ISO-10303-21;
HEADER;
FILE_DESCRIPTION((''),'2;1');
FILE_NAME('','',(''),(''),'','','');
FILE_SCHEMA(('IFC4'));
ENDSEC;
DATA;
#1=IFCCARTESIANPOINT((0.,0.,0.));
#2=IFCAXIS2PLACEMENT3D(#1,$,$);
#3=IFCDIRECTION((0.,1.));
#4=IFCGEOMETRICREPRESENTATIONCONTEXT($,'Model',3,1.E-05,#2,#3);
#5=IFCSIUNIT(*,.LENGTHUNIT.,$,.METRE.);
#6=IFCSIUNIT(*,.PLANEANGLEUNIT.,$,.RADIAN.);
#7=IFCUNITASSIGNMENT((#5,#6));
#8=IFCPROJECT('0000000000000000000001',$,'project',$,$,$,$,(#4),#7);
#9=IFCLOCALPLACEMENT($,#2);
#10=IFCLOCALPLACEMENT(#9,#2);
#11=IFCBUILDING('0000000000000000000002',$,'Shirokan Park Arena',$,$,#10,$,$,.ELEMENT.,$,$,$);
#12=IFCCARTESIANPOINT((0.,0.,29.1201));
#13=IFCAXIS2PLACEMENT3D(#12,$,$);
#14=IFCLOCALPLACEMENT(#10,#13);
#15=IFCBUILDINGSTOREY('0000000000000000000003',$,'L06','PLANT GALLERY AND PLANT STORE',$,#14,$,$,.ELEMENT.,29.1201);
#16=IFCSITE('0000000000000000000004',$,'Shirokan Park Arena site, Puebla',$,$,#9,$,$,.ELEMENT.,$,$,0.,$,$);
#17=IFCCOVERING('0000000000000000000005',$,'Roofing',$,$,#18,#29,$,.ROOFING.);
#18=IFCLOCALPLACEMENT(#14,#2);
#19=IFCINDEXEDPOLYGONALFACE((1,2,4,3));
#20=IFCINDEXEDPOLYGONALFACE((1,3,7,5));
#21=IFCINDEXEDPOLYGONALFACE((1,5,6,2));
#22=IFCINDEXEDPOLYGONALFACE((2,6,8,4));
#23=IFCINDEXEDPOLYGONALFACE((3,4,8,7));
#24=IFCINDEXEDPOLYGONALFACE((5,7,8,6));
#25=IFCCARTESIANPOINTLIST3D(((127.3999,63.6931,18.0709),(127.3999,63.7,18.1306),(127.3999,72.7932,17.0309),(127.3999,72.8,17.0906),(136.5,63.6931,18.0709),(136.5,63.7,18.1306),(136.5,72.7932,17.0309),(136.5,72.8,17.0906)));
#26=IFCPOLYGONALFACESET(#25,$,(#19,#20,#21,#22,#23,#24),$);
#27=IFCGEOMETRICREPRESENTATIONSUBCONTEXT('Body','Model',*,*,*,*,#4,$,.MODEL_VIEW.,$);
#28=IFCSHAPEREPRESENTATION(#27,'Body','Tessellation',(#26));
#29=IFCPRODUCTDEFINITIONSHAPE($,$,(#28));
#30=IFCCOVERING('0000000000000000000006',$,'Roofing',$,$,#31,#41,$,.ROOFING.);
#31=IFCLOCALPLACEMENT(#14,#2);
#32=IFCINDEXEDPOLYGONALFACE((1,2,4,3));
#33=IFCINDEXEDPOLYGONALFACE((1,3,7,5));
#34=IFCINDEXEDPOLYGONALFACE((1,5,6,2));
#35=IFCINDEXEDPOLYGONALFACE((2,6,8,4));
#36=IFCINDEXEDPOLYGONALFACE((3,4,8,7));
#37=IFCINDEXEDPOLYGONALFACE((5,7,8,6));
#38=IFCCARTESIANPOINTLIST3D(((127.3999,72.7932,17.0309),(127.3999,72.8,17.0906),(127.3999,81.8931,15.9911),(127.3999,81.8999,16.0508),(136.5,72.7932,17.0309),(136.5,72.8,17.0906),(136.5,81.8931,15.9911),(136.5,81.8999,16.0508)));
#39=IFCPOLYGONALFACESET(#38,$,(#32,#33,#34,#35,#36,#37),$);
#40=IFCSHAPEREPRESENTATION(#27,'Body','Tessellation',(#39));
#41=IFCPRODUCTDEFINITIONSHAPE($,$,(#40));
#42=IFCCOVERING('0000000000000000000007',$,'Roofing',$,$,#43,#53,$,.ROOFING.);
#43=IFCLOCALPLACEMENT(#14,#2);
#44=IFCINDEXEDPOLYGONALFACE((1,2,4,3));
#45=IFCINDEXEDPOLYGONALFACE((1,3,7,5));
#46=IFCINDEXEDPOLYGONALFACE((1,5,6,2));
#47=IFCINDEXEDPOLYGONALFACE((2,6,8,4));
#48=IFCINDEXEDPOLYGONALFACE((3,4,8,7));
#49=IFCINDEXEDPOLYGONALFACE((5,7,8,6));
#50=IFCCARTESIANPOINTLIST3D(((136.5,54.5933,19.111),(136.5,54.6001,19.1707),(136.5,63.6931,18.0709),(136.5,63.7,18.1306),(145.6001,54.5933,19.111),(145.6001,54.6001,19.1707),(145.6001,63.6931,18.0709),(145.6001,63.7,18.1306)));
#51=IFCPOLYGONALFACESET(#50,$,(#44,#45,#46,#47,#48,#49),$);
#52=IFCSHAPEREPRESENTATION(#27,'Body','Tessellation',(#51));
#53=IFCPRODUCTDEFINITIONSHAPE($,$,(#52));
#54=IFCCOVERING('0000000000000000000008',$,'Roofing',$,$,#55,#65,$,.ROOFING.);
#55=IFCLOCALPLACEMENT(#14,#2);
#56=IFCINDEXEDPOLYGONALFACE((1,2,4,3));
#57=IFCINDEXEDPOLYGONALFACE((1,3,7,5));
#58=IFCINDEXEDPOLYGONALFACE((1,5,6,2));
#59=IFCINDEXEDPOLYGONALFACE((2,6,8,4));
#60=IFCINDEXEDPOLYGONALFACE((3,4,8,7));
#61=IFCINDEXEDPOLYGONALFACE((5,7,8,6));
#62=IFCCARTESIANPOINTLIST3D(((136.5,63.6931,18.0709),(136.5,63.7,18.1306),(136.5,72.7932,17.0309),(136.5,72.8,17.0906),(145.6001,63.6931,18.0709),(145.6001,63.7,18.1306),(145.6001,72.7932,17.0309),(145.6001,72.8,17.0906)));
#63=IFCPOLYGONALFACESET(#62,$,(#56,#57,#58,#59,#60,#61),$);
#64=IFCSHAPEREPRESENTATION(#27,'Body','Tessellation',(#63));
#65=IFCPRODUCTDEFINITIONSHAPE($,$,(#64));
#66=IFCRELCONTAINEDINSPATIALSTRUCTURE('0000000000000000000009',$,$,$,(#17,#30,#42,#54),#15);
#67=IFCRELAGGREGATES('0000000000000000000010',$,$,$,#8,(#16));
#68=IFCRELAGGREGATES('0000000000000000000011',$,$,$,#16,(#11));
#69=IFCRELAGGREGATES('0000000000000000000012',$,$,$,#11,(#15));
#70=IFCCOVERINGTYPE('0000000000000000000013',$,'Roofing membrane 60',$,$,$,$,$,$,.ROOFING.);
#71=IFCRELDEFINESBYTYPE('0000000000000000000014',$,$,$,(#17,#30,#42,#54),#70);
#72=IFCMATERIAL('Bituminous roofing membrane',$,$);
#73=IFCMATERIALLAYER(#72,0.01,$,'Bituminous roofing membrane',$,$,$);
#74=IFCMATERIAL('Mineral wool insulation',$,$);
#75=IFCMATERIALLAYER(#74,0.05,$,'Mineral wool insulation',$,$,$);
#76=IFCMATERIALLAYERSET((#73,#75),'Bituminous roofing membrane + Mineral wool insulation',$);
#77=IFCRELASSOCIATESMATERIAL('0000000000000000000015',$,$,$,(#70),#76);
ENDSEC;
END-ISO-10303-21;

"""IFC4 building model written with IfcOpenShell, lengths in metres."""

from ifc_helpers import new_model, si_unit, direction, frame, origin, place, context, subcontext, project, spatial, polyline, outline, extrude, material, layer, layer_set, type_object, element, save


model = new_model("IFC4")

# Units and contexts
model_context = context("Model", 3, precision=1e-05, world=origin(), true_north=direction((0.0, 1.0)))
body_context = subcontext(model_context, "Body", "Model", "MODEL_VIEW")
ifc_project = project(units=[si_unit("LENGTHUNIT", "METRE"), si_unit("PLANEANGLEUNIT", "RADIAN")], contexts=[model_context])

# Site, building, storey
site_placement = place(None, origin())
site = spatial("IfcSite", under=ifc_project, at=site_placement, Name="Shirokan Park Arena site, Puebla", CompositionType="ELEMENT", RefElevation=0.0)
building_placement = place(site_placement, origin())
building = spatial("IfcBuilding", under=site, at=building_placement, Name="Shirokan Park Arena", CompositionType="ELEMENT")
storey_placement = place(building_placement, frame((0.0, 0.0, 29.1201)))
storey = spatial("IfcBuildingStorey", under=building, at=storey_placement, Name="L06", Description="PLANT GALLERY AND PLANT STORE", CompositionType="ELEMENT", Elevation=29.1201)

# Coverings
ifc_material_1 = material(Name="Bituminous roofing membrane")
ifc_layer_1 = layer(ifc_material_1, 0.01, Name="Bituminous roofing membrane")
ifc_material_2 = material(Name="Mineral wool insulation")
ifc_layer_2 = layer(ifc_material_2, 0.05, Name="Mineral wool insulation")
ifc_layer_set_1 = layer_set([ifc_layer_1, ifc_layer_2], Name="Bituminous roofing membrane + Mineral wool insulation")
covering_type_1 = type_object("IfcCoveringType", Name="Roofing membrane 60", PredefinedType="ROOFING", material=ifc_layer_set_1)
covering_1_placement = place(storey_placement, frame((127.3999, 63.7, 18.1306), z_axis=(0.0, 0.11355, 0.993532), x_axis=(1.0, 0.0, 0.0)))
element("IfcCovering", 1, at=covering_1_placement, inside=storey, type_object=covering_type_1, Name="Roofing", PredefinedType="ROOFING", context=body_context, shape_type="SweptSolid", body=[
    extrude(outline(polyline([(0.0, 0.0), (9.1001, 0.0), (9.1001, 9.1593), (0.0, 9.1593), (0.0, 0.0)])), origin(), (0.0, 0.0, -1.0), 0.0601),
])
covering_2_placement = place(storey_placement, frame((127.3999, 72.8, 17.0906), z_axis=(0.0, 0.113526, 0.993535), x_axis=(1.0, 0.0, 0.0)))
element("IfcCovering", 2, at=covering_2_placement, inside=storey, type_object=covering_type_1, Name="Roofing", PredefinedType="ROOFING", context=body_context, shape_type="SweptSolid", body=[
    extrude(outline(polyline([(0.0, 0.0), (9.1001, 0.0), (9.1001, 9.1591), (0.0, 9.1591), (0.0, 0.0)])), origin(), (0.0, 0.0, -1.0), 0.0601),
])
covering_3_placement = place(storey_placement, frame((136.5, 54.6001, 19.1707), z_axis=(0.0, 0.113553, 0.993532), x_axis=(1.0, 0.0, 0.0)))
element("IfcCovering", 3, at=covering_3_placement, inside=storey, type_object=covering_type_1, Name="Roofing", PredefinedType="ROOFING", context=body_context, shape_type="SweptSolid", body=[
    extrude(outline(polyline([(0.0, 0.0), (9.1001, 0.0), (9.1001, 9.1591), (0.0, 9.1591), (0.0, 0.0)])), origin(), (0.0, 0.0, -1.0), 0.0601),
])
covering_4_placement = place(storey_placement, frame((136.5, 63.7, 18.1306), z_axis=(0.0, 0.11355, 0.993532), x_axis=(1.0, 0.0, 0.0)))
element("IfcCovering", 4, at=covering_4_placement, inside=storey, type_object=covering_type_1, Name="Roofing", PredefinedType="ROOFING", context=body_context, shape_type="SweptSolid", body=[
    extrude(outline(polyline([(0.0, 0.0), (9.1001, 0.0), (9.1001, 9.1593), (0.0, 9.1593), (0.0, 0.0)])), origin(), (0.0, 0.0, -1.0), 0.0601),
])

save(model, "model.ifc")
